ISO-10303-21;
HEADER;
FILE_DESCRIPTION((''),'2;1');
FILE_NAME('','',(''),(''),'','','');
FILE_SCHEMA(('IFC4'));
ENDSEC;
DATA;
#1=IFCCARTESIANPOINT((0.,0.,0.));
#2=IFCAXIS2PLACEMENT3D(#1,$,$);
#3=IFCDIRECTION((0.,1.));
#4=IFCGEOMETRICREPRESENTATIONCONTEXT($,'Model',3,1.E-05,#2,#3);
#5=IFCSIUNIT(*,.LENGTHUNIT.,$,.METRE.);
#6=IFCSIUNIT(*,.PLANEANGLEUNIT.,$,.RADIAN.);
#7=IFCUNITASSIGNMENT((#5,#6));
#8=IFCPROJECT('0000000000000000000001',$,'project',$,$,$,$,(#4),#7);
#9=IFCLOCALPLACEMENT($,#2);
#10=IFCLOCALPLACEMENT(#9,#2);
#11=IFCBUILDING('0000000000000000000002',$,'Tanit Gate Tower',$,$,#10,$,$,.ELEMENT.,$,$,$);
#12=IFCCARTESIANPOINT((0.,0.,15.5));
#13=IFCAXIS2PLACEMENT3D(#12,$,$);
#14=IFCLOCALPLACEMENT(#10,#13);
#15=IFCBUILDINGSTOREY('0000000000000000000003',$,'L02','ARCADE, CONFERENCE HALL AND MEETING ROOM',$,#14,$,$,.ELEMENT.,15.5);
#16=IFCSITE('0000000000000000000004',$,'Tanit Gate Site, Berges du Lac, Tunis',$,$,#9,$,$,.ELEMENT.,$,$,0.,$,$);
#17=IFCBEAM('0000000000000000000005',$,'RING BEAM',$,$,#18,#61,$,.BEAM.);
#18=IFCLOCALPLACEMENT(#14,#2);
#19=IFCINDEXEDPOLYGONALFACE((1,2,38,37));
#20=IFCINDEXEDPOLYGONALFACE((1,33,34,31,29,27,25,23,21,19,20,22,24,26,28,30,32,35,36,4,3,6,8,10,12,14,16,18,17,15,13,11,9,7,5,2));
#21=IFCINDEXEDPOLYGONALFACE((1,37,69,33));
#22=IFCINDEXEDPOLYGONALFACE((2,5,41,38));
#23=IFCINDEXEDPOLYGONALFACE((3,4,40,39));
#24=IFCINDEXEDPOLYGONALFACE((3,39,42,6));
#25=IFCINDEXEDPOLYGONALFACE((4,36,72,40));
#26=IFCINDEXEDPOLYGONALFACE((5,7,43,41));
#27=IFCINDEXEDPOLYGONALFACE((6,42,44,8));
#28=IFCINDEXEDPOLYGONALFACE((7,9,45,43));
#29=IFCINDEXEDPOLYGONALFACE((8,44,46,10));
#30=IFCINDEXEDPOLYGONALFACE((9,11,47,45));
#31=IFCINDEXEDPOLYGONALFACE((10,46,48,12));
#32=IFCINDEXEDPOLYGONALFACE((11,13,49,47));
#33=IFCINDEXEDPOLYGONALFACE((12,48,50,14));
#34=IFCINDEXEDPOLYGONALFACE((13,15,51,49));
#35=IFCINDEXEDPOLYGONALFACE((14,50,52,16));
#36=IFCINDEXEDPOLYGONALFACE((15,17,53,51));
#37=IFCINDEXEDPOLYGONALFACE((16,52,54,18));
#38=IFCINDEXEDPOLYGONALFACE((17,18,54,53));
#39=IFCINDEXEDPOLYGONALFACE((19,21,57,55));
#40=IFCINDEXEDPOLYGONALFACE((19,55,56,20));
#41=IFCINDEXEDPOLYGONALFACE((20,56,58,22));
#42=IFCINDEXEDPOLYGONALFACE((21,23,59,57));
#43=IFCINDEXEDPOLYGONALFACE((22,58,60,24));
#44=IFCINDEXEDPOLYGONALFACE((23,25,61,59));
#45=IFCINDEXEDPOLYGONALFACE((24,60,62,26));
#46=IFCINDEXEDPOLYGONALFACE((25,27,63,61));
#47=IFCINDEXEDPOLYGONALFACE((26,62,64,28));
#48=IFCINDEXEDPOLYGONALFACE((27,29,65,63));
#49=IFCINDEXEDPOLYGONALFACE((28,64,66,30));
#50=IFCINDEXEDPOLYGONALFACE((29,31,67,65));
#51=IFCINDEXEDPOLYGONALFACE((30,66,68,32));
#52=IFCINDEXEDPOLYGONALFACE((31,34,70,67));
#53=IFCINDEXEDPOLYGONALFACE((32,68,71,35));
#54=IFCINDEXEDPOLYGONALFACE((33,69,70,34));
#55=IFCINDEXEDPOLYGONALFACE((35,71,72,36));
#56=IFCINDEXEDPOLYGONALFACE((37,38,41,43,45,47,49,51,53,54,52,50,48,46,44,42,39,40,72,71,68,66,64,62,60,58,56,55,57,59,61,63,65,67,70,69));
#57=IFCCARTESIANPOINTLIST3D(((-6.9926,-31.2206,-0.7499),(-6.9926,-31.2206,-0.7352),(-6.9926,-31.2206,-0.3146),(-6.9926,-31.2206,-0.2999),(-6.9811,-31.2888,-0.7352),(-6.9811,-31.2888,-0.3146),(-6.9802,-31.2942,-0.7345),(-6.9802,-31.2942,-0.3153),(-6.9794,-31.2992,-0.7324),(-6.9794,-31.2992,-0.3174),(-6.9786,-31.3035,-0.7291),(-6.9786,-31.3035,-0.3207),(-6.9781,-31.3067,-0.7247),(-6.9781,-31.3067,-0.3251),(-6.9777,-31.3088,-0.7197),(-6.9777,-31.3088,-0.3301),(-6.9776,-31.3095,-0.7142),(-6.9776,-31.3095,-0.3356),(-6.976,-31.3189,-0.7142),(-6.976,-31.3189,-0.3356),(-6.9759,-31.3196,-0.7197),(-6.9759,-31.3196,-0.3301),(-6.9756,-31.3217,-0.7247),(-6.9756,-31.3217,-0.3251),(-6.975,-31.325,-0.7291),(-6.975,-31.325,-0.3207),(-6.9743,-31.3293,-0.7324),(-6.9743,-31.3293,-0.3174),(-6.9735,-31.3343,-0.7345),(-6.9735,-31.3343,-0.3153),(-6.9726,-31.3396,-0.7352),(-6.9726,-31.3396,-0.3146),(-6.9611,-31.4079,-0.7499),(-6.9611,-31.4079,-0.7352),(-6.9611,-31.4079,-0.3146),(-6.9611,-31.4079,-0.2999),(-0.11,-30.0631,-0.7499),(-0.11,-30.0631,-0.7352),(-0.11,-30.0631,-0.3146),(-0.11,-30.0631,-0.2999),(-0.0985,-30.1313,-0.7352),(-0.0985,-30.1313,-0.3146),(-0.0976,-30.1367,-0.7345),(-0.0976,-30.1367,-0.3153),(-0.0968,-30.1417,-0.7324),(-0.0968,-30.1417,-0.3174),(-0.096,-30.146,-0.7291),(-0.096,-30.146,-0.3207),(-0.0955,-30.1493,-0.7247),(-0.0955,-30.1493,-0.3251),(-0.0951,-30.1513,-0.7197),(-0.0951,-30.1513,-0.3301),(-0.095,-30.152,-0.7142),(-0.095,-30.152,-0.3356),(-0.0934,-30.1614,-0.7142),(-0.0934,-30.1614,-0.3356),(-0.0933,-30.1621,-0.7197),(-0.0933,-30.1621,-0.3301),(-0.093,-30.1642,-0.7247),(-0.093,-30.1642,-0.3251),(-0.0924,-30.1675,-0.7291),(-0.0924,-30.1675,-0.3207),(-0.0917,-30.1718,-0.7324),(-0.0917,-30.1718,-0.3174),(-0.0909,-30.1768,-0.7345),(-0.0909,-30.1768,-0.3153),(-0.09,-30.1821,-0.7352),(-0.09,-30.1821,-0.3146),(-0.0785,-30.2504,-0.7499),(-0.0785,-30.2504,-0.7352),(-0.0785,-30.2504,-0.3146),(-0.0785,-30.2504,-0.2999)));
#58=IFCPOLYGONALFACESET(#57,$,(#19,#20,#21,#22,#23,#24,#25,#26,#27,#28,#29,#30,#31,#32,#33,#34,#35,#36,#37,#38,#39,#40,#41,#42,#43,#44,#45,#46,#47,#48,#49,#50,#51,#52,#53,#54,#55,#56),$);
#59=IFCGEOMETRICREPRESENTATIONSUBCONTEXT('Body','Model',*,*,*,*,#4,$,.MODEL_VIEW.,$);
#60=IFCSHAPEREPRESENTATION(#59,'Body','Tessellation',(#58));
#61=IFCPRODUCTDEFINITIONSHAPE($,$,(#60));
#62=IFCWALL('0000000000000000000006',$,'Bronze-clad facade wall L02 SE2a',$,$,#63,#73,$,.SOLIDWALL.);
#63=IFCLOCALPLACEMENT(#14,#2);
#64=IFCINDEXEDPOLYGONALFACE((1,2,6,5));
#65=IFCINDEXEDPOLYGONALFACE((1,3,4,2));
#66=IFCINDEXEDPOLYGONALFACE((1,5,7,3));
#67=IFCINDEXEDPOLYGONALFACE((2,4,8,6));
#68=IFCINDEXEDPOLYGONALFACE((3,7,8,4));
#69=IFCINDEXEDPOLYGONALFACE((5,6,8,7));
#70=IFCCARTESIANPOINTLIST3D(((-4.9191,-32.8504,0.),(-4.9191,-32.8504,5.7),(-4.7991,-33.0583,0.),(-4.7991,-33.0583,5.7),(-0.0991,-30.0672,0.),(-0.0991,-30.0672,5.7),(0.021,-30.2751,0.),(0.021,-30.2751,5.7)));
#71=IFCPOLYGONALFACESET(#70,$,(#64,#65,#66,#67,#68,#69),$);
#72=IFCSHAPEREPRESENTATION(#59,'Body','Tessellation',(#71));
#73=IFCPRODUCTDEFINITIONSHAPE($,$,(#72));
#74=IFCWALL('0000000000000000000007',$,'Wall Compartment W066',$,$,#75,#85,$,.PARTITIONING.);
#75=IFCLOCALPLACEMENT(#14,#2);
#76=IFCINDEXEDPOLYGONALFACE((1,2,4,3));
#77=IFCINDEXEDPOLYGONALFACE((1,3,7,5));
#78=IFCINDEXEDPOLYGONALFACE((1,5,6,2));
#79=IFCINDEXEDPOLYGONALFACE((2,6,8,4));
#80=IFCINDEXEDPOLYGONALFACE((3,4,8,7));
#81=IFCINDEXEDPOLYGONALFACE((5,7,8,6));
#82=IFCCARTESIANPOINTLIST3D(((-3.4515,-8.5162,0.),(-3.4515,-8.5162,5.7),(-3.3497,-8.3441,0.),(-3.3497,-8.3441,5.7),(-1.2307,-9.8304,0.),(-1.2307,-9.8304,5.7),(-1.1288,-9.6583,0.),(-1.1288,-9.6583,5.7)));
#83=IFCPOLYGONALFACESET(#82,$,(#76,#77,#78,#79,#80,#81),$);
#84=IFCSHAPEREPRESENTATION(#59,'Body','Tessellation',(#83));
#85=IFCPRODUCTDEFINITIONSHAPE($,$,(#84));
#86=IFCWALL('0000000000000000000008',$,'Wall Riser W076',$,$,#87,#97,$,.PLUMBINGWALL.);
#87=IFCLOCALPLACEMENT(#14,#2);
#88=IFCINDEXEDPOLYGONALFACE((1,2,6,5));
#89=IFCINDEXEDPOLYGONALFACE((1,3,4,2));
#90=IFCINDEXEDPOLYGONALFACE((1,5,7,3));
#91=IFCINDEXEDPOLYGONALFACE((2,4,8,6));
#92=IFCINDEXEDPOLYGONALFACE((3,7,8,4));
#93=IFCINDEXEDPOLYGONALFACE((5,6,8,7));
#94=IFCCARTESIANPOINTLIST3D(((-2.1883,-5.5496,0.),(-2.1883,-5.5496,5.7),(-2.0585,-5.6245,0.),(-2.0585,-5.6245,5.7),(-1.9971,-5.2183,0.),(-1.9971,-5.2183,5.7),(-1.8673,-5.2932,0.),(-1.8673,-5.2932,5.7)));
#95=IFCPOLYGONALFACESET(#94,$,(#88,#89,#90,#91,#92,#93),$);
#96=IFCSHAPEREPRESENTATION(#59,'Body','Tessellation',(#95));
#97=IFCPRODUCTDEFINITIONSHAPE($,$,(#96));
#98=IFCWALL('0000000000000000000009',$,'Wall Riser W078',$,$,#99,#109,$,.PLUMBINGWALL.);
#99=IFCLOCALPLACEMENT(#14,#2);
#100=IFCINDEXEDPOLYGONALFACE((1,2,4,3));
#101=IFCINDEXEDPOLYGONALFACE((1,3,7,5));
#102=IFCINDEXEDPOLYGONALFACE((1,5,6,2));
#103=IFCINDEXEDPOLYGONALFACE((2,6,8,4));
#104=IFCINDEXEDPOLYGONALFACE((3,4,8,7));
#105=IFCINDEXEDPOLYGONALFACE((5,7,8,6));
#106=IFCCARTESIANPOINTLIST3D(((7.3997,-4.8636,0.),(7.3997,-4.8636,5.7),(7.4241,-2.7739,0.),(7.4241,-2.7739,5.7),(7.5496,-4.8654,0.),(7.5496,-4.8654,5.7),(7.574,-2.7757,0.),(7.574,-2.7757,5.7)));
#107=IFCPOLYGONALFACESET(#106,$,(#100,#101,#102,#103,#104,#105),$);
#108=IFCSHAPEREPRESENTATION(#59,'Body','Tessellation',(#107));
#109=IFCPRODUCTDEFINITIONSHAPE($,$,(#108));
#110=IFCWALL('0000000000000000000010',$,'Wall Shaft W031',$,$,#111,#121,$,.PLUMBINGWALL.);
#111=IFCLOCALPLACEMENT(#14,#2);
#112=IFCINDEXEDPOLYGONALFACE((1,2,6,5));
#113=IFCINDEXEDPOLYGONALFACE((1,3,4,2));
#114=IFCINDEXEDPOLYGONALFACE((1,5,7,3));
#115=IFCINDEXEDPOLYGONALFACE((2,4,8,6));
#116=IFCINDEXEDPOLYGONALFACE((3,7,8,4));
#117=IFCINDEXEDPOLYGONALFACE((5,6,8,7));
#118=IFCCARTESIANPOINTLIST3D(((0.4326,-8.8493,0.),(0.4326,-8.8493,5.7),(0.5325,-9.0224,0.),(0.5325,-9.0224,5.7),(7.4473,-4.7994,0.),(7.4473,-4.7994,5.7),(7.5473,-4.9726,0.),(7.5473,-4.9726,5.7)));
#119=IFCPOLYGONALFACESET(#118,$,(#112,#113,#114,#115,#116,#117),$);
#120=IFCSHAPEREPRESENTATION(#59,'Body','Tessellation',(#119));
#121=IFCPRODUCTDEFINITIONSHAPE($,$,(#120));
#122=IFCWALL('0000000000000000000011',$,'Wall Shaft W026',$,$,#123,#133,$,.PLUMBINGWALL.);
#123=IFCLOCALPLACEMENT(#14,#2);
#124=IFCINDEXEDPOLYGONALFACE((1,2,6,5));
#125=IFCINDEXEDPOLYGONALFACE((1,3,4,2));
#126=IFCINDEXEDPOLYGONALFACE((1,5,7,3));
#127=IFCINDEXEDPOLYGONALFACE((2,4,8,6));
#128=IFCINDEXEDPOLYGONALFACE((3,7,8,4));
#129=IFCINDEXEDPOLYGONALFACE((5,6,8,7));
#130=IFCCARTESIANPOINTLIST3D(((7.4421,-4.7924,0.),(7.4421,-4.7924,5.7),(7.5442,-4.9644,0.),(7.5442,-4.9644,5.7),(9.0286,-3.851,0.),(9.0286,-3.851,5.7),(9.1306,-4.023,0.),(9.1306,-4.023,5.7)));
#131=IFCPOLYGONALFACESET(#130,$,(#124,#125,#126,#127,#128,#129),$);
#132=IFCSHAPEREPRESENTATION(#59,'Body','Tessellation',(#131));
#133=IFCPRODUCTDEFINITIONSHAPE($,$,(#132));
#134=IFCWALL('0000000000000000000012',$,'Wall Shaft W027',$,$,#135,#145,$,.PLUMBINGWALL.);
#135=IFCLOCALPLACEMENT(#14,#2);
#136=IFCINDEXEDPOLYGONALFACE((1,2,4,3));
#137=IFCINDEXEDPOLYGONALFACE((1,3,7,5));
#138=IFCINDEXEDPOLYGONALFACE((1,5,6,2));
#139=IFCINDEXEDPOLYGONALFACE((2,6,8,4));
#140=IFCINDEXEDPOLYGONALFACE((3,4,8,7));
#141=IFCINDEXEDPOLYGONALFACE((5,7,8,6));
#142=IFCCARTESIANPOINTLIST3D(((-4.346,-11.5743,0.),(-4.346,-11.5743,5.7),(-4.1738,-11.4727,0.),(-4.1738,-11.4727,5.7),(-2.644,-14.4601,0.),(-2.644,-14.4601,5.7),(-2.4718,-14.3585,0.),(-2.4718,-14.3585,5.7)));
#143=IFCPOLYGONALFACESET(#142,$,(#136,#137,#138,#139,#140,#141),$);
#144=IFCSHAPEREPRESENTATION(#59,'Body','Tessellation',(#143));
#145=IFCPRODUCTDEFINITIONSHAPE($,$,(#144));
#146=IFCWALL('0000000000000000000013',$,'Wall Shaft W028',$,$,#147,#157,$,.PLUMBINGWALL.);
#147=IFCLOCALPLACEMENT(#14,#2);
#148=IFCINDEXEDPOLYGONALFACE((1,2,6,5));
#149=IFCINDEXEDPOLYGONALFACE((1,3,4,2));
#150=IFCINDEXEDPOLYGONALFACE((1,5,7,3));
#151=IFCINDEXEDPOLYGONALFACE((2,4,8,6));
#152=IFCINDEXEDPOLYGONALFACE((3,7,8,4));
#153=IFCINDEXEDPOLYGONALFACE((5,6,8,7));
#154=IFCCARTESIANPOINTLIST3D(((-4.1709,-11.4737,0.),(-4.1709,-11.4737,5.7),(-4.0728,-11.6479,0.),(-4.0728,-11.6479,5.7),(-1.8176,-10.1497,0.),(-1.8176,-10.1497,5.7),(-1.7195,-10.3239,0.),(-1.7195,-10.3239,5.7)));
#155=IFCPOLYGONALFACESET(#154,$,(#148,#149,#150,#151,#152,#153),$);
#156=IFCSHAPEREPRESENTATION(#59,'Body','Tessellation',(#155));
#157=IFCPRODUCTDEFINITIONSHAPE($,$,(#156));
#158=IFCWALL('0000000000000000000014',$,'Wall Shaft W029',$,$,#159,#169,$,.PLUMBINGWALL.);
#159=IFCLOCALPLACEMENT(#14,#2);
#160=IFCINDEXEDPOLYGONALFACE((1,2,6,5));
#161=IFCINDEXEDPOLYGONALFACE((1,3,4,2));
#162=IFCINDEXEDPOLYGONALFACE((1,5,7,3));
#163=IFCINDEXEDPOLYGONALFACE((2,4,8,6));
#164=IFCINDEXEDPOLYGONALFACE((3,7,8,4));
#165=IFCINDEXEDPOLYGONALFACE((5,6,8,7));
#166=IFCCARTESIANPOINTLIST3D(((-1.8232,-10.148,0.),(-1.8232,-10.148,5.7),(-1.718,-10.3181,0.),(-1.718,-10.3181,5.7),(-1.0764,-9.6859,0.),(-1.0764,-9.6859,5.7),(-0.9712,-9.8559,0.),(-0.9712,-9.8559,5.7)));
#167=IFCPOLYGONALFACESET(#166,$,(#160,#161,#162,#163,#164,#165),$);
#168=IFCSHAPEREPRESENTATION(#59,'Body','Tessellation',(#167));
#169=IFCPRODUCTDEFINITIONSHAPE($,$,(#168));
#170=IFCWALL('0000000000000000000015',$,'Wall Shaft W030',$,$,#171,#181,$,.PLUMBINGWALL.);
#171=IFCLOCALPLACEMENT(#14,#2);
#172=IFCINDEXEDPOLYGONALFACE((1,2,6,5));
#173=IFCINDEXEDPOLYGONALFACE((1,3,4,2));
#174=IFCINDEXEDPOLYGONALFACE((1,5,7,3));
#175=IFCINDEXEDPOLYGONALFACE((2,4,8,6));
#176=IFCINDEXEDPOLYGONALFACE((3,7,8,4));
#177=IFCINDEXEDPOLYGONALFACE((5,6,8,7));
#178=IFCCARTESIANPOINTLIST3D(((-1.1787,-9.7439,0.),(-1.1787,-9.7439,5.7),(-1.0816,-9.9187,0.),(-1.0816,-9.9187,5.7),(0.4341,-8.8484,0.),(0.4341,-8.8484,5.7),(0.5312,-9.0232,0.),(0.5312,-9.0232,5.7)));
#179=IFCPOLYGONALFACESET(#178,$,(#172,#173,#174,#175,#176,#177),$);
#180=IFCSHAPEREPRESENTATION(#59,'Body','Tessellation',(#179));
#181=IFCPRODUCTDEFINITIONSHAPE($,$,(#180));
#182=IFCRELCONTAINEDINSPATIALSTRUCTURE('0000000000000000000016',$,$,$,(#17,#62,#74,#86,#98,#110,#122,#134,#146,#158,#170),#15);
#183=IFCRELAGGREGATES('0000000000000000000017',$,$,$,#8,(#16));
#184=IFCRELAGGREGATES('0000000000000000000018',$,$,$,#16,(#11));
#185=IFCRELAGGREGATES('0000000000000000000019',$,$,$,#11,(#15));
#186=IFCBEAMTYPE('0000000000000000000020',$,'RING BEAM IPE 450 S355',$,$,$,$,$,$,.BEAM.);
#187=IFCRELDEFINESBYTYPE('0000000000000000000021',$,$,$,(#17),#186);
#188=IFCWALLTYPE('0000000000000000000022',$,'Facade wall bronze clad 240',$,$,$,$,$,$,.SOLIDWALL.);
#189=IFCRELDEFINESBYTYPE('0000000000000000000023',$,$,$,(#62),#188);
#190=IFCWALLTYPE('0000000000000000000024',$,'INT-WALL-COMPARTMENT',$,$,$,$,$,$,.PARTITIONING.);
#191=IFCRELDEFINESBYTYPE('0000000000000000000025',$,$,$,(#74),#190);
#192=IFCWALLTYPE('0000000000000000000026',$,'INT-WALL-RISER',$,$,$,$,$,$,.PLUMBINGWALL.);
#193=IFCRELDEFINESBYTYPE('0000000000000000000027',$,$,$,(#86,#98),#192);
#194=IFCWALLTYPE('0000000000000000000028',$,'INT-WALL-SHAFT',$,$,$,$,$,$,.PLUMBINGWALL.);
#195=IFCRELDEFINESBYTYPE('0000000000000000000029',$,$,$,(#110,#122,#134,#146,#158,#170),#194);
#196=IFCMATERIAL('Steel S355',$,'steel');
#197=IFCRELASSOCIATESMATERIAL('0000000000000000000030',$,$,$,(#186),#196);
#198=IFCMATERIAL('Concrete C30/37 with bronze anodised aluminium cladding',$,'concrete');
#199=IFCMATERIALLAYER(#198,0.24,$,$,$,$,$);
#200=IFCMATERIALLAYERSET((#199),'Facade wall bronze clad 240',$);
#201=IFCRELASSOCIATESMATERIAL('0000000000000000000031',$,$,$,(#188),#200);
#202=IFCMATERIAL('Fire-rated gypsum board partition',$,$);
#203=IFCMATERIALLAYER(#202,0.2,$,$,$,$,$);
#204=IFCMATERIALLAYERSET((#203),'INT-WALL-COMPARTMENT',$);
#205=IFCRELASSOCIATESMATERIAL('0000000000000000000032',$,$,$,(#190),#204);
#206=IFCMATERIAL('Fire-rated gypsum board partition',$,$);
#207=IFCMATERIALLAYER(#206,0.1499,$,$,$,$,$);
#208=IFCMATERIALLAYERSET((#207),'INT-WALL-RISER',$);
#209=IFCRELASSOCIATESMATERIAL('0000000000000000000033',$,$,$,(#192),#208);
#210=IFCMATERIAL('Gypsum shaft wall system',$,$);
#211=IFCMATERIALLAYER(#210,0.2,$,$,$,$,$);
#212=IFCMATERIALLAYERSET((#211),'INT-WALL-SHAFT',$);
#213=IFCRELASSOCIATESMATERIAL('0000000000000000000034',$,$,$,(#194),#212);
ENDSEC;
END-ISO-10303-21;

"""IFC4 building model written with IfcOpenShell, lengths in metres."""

from ifc_helpers import new_model, si_unit, direction, frame, frame_2d, origin, origin_2d, place, context, subcontext, project, spatial, rectangle, i_section, extrude, material, layer, layer_set, material_profile, profile_set, type_object, element, save


model = new_model("IFC4")

# Units and contexts
model_context = context("Model", 3, precision=1e-05, world=origin(), true_north=direction((0.0, 1.0)))
body_context = subcontext(model_context, "Body", "Model", "MODEL_VIEW")
ifc_project = project(units=[si_unit("LENGTHUNIT", "METRE"), si_unit("PLANEANGLEUNIT", "RADIAN")], contexts=[model_context])

# Site, building, storey
site_placement = place(None, origin())
site = spatial("IfcSite", under=ifc_project, at=site_placement, Name="Tanit Gate Site, Berges du Lac, Tunis", CompositionType="ELEMENT", RefElevation=0.0)
building_placement = place(site_placement, origin())
building = spatial("IfcBuilding", under=site, at=building_placement, Name="Tanit Gate Tower", CompositionType="ELEMENT")
storey_placement = place(building_placement, frame((0.0, 0.0, 15.5)))
storey = spatial("IfcBuildingStorey", under=building, at=storey_placement, Name="L02", Description="ARCADE, CONFERENCE HALL AND MEETING ROOM", CompositionType="ELEMENT", Elevation=15.5)

# Beam
ifc_material_1 = material(Name="Steel S355", Category="steel")
ifc_material_profile = material_profile(ifc_material_1, i_section(OverallWidth=0.1899, OverallDepth=0.45, WebThickness=0.0095, FlangeThickness=0.0146, FilletRadius=0.021, at=origin_2d()), Name="IPE 450")
ifc_profile_set = profile_set([ifc_material_profile], Name="Steel S355")
beam_type = type_object("IfcBeamType", Name="RING BEAM IPE 450 S355", PredefinedType="BEAM", material=ifc_profile_set)
beam_placement = place(storey_placement, frame((-0.0942, -30.1567, -0.5249), z_axis=(-0.986152, -0.165845, 0.0), x_axis=(0.165845, -0.986152, 0.0)))
element("IfcBeam", 1, at=beam_placement, inside=storey, type_object=beam_type, Name="RING BEAM", PredefinedType="BEAM", context=body_context, shape_type="SweptSolid", body=[
    extrude(i_section(OverallWidth=0.1899, OverallDepth=0.45, WebThickness=0.0095, FlangeThickness=0.0146, FilletRadius=0.021, at=origin_2d()), origin(), (0.0, 0.0, 1.0), 6.9792),
])

# Walls
ifc_material_2 = material(Name="Concrete C30/37 with bronze anodised aluminium cladding", Category="concrete")
ifc_layer_1 = layer(ifc_material_2, 0.24)
ifc_layer_set_1 = layer_set([ifc_layer_1], Name="Facade wall bronze clad 240")
wall_type_1 = type_object("IfcWallType", Name="Facade wall bronze clad 240", PredefinedType="SOLIDWALL", material=ifc_layer_set_1)
wall_1_placement = place(storey_placement, frame((-4.8591, -32.9543, 0.0), z_axis=(0.0, 0.0, 1.0), x_axis=(0.865999, 0.500045, 0.0)))
element("IfcWall", 2, at=wall_1_placement, inside=storey, type_object=wall_type_1, Name="Bronze-clad facade wall L02 SE2a", PredefinedType="SOLIDWALL", context=body_context, shape_type="SweptSolid", body=[
    extrude(rectangle(XDim=5.5659, YDim=0.24, at=frame_2d((2.783, 0.0))), origin(), (0.0, 0.0, 1.0), 5.7),
])
ifc_material_3 = material(Name="Fire-rated gypsum board partition")
ifc_layer_2 = layer(ifc_material_3, 0.2)
ifc_layer_set_2 = layer_set([ifc_layer_2], Name="INT-WALL-COMPARTMENT")
wall_type_2 = type_object("IfcWallType", Name="INT-WALL-COMPARTMENT", PredefinedType="PARTITIONING", material=ifc_layer_set_2)
wall_2_placement = place(storey_placement, frame((-3.4006, -8.4302, 0.0), z_axis=(0.0, 0.0, 1.0), x_axis=(0.860616, -0.509255, 0.0)))
element("IfcWall", 3, at=wall_2_placement, inside=storey, type_object=wall_type_2, Name="Wall Compartment W066", PredefinedType="PARTITIONING", context=body_context, shape_type="SweptSolid", body=[
    extrude(rectangle(XDim=2.5806, YDim=0.2, at=frame_2d((1.2903, 0.0))), origin(), (0.0, 0.0, 1.0), 5.7),
])
ifc_material_4 = material(Name="Fire-rated gypsum board partition")
ifc_layer_3 = layer(ifc_material_4, 0.1499)
ifc_layer_set_3 = layer_set([ifc_layer_3], Name="INT-WALL-RISER")
wall_type_3 = type_object("IfcWallType", Name="INT-WALL-RISER", PredefinedType="PLUMBINGWALL", material=ifc_layer_set_3)
wall_3_placement = place(storey_placement, frame((-1.9321, -5.2556, 0.0), z_axis=(0.0, 0.0, 1.0), x_axis=(-0.499778, -0.866154, 0.0)))
element("IfcWall", 4, at=wall_3_placement, inside=storey, type_object=wall_type_3, Name="Wall Riser W076", PredefinedType="PLUMBINGWALL", context=body_context, shape_type="SweptSolid", body=[
    extrude(rectangle(XDim=0.3826, YDim=0.1499, at=frame_2d((0.1914, 0.0))), origin(), (0.0, 0.0, 1.0), 5.7),
])
wall_4_placement = place(storey_placement, frame((7.4746, -4.8645, 0.0), z_axis=(0.0, 0.0, 1.0), x_axis=(0.011683, 0.999932, 0.0)))
element("IfcWall", 5, at=wall_4_placement, inside=storey, type_object=wall_type_3, Name="Wall Riser W078", PredefinedType="PLUMBINGWALL", context=body_context, shape_type="SweptSolid", body=[
    extrude(rectangle(XDim=2.0898, YDim=0.1499, at=frame_2d((1.0449, 0.0))), origin(), (0.0, 0.0, 1.0), 5.7),
])
ifc_material_5 = material(Name="Gypsum shaft wall system")
ifc_layer_4 = layer(ifc_material_5, 0.2)
ifc_layer_set_4 = layer_set([ifc_layer_4], Name="INT-WALL-SHAFT")
wall_type_4 = type_object("IfcWallType", Name="INT-WALL-SHAFT", PredefinedType="PLUMBINGWALL", material=ifc_layer_set_4)
wall_5_placement = place(storey_placement, frame((0.4827, -8.9358, 0.0), z_axis=(0.0, 0.0, 1.0), x_axis=(0.866031, 0.49999, 0.0)))
element("IfcWall", 6, at=wall_5_placement, inside=storey, type_object=wall_type_4, Name="Wall Shaft W031", PredefinedType="PLUMBINGWALL", context=body_context, shape_type="SweptSolid", body=[
    extrude(rectangle(XDim=8.0999, YDim=0.2, at=frame_2d((4.0498, 0.0))), origin(), (0.0, 0.0, 1.0), 5.7),
])
wall_6_placement = place(storey_placement, frame((7.4932, -4.8784, 0.0), z_axis=(0.0, 0.0, 1.0), x_axis=(0.859982, 0.510325, 0.0)))
element("IfcWall", 7, at=wall_6_placement, inside=storey, type_object=wall_type_4, Name="Wall Shaft W026", PredefinedType="PLUMBINGWALL", context=body_context, shape_type="SweptSolid", body=[
    extrude(rectangle(XDim=1.8447, YDim=0.2, at=frame_2d((0.9224, 0.0))), origin(), (0.0, 0.0, 1.0), 5.7),
])
wall_7_placement = place(storey_placement, frame((-2.5579, -14.4094, 0.0), z_axis=(0.0, 0.0, 1.0), x_axis=(-0.507997, 0.861359, 0.0)))
element("IfcWall", 8, at=wall_7_placement, inside=storey, type_object=wall_type_4, Name="Wall Shaft W027", PredefinedType="PLUMBINGWALL", context=body_context, shape_type="SweptSolid", body=[
    extrude(rectangle(XDim=3.3503, YDim=0.2, at=frame_2d((1.6753, 0.0))), origin(), (0.0, 0.0, 1.0), 5.7),
])
wall_8_placement = place(storey_placement, frame((-1.7686, -10.2368, 0.0), z_axis=(0.0, 0.0, 1.0), x_axis=(-0.871534, -0.490334, 0.0)))
element("IfcWall", 9, at=wall_8_placement, inside=storey, type_object=wall_type_4, Name="Wall Shaft W028", PredefinedType="PLUMBINGWALL", context=body_context, shape_type="SweptSolid", body=[
    extrude(rectangle(XDim=2.7002, YDim=0.2, at=frame_2d((1.3501, 0.0))), origin(), (0.0, 0.0, 1.0), 5.7),
])
wall_9_placement = place(storey_placement, frame((-1.0239, -9.771, 0.0), z_axis=(0.0, 0.0, 1.0), x_axis=(-0.850348, -0.526221, 0.0)))
element("IfcWall", 10, at=wall_9_placement, inside=storey, type_object=wall_type_4, Name="Wall Shaft W029", PredefinedType="PLUMBINGWALL", context=body_context, shape_type="SweptSolid", body=[
    extrude(rectangle(XDim=0.8782, YDim=0.2, at=frame_2d((0.439, 0.0))), origin(), (0.0, 0.0, 1.0), 5.7),
])
wall_10_placement = place(storey_placement, frame((-1.1301, -9.8313, 0.0), z_axis=(0.0, 0.0, 1.0), x_axis=(0.87427, 0.485441, 0.0)))
element("IfcWall", 11, at=wall_10_placement, inside=storey, type_object=wall_type_4, Name="Wall Shaft W030", PredefinedType="PLUMBINGWALL", context=body_context, shape_type="SweptSolid", body=[
    extrude(rectangle(XDim=1.8447, YDim=0.2, at=frame_2d((0.9224, 0.0))), origin(), (0.0, 0.0, 1.0), 5.7),
])

save(model, "model.ifc")
